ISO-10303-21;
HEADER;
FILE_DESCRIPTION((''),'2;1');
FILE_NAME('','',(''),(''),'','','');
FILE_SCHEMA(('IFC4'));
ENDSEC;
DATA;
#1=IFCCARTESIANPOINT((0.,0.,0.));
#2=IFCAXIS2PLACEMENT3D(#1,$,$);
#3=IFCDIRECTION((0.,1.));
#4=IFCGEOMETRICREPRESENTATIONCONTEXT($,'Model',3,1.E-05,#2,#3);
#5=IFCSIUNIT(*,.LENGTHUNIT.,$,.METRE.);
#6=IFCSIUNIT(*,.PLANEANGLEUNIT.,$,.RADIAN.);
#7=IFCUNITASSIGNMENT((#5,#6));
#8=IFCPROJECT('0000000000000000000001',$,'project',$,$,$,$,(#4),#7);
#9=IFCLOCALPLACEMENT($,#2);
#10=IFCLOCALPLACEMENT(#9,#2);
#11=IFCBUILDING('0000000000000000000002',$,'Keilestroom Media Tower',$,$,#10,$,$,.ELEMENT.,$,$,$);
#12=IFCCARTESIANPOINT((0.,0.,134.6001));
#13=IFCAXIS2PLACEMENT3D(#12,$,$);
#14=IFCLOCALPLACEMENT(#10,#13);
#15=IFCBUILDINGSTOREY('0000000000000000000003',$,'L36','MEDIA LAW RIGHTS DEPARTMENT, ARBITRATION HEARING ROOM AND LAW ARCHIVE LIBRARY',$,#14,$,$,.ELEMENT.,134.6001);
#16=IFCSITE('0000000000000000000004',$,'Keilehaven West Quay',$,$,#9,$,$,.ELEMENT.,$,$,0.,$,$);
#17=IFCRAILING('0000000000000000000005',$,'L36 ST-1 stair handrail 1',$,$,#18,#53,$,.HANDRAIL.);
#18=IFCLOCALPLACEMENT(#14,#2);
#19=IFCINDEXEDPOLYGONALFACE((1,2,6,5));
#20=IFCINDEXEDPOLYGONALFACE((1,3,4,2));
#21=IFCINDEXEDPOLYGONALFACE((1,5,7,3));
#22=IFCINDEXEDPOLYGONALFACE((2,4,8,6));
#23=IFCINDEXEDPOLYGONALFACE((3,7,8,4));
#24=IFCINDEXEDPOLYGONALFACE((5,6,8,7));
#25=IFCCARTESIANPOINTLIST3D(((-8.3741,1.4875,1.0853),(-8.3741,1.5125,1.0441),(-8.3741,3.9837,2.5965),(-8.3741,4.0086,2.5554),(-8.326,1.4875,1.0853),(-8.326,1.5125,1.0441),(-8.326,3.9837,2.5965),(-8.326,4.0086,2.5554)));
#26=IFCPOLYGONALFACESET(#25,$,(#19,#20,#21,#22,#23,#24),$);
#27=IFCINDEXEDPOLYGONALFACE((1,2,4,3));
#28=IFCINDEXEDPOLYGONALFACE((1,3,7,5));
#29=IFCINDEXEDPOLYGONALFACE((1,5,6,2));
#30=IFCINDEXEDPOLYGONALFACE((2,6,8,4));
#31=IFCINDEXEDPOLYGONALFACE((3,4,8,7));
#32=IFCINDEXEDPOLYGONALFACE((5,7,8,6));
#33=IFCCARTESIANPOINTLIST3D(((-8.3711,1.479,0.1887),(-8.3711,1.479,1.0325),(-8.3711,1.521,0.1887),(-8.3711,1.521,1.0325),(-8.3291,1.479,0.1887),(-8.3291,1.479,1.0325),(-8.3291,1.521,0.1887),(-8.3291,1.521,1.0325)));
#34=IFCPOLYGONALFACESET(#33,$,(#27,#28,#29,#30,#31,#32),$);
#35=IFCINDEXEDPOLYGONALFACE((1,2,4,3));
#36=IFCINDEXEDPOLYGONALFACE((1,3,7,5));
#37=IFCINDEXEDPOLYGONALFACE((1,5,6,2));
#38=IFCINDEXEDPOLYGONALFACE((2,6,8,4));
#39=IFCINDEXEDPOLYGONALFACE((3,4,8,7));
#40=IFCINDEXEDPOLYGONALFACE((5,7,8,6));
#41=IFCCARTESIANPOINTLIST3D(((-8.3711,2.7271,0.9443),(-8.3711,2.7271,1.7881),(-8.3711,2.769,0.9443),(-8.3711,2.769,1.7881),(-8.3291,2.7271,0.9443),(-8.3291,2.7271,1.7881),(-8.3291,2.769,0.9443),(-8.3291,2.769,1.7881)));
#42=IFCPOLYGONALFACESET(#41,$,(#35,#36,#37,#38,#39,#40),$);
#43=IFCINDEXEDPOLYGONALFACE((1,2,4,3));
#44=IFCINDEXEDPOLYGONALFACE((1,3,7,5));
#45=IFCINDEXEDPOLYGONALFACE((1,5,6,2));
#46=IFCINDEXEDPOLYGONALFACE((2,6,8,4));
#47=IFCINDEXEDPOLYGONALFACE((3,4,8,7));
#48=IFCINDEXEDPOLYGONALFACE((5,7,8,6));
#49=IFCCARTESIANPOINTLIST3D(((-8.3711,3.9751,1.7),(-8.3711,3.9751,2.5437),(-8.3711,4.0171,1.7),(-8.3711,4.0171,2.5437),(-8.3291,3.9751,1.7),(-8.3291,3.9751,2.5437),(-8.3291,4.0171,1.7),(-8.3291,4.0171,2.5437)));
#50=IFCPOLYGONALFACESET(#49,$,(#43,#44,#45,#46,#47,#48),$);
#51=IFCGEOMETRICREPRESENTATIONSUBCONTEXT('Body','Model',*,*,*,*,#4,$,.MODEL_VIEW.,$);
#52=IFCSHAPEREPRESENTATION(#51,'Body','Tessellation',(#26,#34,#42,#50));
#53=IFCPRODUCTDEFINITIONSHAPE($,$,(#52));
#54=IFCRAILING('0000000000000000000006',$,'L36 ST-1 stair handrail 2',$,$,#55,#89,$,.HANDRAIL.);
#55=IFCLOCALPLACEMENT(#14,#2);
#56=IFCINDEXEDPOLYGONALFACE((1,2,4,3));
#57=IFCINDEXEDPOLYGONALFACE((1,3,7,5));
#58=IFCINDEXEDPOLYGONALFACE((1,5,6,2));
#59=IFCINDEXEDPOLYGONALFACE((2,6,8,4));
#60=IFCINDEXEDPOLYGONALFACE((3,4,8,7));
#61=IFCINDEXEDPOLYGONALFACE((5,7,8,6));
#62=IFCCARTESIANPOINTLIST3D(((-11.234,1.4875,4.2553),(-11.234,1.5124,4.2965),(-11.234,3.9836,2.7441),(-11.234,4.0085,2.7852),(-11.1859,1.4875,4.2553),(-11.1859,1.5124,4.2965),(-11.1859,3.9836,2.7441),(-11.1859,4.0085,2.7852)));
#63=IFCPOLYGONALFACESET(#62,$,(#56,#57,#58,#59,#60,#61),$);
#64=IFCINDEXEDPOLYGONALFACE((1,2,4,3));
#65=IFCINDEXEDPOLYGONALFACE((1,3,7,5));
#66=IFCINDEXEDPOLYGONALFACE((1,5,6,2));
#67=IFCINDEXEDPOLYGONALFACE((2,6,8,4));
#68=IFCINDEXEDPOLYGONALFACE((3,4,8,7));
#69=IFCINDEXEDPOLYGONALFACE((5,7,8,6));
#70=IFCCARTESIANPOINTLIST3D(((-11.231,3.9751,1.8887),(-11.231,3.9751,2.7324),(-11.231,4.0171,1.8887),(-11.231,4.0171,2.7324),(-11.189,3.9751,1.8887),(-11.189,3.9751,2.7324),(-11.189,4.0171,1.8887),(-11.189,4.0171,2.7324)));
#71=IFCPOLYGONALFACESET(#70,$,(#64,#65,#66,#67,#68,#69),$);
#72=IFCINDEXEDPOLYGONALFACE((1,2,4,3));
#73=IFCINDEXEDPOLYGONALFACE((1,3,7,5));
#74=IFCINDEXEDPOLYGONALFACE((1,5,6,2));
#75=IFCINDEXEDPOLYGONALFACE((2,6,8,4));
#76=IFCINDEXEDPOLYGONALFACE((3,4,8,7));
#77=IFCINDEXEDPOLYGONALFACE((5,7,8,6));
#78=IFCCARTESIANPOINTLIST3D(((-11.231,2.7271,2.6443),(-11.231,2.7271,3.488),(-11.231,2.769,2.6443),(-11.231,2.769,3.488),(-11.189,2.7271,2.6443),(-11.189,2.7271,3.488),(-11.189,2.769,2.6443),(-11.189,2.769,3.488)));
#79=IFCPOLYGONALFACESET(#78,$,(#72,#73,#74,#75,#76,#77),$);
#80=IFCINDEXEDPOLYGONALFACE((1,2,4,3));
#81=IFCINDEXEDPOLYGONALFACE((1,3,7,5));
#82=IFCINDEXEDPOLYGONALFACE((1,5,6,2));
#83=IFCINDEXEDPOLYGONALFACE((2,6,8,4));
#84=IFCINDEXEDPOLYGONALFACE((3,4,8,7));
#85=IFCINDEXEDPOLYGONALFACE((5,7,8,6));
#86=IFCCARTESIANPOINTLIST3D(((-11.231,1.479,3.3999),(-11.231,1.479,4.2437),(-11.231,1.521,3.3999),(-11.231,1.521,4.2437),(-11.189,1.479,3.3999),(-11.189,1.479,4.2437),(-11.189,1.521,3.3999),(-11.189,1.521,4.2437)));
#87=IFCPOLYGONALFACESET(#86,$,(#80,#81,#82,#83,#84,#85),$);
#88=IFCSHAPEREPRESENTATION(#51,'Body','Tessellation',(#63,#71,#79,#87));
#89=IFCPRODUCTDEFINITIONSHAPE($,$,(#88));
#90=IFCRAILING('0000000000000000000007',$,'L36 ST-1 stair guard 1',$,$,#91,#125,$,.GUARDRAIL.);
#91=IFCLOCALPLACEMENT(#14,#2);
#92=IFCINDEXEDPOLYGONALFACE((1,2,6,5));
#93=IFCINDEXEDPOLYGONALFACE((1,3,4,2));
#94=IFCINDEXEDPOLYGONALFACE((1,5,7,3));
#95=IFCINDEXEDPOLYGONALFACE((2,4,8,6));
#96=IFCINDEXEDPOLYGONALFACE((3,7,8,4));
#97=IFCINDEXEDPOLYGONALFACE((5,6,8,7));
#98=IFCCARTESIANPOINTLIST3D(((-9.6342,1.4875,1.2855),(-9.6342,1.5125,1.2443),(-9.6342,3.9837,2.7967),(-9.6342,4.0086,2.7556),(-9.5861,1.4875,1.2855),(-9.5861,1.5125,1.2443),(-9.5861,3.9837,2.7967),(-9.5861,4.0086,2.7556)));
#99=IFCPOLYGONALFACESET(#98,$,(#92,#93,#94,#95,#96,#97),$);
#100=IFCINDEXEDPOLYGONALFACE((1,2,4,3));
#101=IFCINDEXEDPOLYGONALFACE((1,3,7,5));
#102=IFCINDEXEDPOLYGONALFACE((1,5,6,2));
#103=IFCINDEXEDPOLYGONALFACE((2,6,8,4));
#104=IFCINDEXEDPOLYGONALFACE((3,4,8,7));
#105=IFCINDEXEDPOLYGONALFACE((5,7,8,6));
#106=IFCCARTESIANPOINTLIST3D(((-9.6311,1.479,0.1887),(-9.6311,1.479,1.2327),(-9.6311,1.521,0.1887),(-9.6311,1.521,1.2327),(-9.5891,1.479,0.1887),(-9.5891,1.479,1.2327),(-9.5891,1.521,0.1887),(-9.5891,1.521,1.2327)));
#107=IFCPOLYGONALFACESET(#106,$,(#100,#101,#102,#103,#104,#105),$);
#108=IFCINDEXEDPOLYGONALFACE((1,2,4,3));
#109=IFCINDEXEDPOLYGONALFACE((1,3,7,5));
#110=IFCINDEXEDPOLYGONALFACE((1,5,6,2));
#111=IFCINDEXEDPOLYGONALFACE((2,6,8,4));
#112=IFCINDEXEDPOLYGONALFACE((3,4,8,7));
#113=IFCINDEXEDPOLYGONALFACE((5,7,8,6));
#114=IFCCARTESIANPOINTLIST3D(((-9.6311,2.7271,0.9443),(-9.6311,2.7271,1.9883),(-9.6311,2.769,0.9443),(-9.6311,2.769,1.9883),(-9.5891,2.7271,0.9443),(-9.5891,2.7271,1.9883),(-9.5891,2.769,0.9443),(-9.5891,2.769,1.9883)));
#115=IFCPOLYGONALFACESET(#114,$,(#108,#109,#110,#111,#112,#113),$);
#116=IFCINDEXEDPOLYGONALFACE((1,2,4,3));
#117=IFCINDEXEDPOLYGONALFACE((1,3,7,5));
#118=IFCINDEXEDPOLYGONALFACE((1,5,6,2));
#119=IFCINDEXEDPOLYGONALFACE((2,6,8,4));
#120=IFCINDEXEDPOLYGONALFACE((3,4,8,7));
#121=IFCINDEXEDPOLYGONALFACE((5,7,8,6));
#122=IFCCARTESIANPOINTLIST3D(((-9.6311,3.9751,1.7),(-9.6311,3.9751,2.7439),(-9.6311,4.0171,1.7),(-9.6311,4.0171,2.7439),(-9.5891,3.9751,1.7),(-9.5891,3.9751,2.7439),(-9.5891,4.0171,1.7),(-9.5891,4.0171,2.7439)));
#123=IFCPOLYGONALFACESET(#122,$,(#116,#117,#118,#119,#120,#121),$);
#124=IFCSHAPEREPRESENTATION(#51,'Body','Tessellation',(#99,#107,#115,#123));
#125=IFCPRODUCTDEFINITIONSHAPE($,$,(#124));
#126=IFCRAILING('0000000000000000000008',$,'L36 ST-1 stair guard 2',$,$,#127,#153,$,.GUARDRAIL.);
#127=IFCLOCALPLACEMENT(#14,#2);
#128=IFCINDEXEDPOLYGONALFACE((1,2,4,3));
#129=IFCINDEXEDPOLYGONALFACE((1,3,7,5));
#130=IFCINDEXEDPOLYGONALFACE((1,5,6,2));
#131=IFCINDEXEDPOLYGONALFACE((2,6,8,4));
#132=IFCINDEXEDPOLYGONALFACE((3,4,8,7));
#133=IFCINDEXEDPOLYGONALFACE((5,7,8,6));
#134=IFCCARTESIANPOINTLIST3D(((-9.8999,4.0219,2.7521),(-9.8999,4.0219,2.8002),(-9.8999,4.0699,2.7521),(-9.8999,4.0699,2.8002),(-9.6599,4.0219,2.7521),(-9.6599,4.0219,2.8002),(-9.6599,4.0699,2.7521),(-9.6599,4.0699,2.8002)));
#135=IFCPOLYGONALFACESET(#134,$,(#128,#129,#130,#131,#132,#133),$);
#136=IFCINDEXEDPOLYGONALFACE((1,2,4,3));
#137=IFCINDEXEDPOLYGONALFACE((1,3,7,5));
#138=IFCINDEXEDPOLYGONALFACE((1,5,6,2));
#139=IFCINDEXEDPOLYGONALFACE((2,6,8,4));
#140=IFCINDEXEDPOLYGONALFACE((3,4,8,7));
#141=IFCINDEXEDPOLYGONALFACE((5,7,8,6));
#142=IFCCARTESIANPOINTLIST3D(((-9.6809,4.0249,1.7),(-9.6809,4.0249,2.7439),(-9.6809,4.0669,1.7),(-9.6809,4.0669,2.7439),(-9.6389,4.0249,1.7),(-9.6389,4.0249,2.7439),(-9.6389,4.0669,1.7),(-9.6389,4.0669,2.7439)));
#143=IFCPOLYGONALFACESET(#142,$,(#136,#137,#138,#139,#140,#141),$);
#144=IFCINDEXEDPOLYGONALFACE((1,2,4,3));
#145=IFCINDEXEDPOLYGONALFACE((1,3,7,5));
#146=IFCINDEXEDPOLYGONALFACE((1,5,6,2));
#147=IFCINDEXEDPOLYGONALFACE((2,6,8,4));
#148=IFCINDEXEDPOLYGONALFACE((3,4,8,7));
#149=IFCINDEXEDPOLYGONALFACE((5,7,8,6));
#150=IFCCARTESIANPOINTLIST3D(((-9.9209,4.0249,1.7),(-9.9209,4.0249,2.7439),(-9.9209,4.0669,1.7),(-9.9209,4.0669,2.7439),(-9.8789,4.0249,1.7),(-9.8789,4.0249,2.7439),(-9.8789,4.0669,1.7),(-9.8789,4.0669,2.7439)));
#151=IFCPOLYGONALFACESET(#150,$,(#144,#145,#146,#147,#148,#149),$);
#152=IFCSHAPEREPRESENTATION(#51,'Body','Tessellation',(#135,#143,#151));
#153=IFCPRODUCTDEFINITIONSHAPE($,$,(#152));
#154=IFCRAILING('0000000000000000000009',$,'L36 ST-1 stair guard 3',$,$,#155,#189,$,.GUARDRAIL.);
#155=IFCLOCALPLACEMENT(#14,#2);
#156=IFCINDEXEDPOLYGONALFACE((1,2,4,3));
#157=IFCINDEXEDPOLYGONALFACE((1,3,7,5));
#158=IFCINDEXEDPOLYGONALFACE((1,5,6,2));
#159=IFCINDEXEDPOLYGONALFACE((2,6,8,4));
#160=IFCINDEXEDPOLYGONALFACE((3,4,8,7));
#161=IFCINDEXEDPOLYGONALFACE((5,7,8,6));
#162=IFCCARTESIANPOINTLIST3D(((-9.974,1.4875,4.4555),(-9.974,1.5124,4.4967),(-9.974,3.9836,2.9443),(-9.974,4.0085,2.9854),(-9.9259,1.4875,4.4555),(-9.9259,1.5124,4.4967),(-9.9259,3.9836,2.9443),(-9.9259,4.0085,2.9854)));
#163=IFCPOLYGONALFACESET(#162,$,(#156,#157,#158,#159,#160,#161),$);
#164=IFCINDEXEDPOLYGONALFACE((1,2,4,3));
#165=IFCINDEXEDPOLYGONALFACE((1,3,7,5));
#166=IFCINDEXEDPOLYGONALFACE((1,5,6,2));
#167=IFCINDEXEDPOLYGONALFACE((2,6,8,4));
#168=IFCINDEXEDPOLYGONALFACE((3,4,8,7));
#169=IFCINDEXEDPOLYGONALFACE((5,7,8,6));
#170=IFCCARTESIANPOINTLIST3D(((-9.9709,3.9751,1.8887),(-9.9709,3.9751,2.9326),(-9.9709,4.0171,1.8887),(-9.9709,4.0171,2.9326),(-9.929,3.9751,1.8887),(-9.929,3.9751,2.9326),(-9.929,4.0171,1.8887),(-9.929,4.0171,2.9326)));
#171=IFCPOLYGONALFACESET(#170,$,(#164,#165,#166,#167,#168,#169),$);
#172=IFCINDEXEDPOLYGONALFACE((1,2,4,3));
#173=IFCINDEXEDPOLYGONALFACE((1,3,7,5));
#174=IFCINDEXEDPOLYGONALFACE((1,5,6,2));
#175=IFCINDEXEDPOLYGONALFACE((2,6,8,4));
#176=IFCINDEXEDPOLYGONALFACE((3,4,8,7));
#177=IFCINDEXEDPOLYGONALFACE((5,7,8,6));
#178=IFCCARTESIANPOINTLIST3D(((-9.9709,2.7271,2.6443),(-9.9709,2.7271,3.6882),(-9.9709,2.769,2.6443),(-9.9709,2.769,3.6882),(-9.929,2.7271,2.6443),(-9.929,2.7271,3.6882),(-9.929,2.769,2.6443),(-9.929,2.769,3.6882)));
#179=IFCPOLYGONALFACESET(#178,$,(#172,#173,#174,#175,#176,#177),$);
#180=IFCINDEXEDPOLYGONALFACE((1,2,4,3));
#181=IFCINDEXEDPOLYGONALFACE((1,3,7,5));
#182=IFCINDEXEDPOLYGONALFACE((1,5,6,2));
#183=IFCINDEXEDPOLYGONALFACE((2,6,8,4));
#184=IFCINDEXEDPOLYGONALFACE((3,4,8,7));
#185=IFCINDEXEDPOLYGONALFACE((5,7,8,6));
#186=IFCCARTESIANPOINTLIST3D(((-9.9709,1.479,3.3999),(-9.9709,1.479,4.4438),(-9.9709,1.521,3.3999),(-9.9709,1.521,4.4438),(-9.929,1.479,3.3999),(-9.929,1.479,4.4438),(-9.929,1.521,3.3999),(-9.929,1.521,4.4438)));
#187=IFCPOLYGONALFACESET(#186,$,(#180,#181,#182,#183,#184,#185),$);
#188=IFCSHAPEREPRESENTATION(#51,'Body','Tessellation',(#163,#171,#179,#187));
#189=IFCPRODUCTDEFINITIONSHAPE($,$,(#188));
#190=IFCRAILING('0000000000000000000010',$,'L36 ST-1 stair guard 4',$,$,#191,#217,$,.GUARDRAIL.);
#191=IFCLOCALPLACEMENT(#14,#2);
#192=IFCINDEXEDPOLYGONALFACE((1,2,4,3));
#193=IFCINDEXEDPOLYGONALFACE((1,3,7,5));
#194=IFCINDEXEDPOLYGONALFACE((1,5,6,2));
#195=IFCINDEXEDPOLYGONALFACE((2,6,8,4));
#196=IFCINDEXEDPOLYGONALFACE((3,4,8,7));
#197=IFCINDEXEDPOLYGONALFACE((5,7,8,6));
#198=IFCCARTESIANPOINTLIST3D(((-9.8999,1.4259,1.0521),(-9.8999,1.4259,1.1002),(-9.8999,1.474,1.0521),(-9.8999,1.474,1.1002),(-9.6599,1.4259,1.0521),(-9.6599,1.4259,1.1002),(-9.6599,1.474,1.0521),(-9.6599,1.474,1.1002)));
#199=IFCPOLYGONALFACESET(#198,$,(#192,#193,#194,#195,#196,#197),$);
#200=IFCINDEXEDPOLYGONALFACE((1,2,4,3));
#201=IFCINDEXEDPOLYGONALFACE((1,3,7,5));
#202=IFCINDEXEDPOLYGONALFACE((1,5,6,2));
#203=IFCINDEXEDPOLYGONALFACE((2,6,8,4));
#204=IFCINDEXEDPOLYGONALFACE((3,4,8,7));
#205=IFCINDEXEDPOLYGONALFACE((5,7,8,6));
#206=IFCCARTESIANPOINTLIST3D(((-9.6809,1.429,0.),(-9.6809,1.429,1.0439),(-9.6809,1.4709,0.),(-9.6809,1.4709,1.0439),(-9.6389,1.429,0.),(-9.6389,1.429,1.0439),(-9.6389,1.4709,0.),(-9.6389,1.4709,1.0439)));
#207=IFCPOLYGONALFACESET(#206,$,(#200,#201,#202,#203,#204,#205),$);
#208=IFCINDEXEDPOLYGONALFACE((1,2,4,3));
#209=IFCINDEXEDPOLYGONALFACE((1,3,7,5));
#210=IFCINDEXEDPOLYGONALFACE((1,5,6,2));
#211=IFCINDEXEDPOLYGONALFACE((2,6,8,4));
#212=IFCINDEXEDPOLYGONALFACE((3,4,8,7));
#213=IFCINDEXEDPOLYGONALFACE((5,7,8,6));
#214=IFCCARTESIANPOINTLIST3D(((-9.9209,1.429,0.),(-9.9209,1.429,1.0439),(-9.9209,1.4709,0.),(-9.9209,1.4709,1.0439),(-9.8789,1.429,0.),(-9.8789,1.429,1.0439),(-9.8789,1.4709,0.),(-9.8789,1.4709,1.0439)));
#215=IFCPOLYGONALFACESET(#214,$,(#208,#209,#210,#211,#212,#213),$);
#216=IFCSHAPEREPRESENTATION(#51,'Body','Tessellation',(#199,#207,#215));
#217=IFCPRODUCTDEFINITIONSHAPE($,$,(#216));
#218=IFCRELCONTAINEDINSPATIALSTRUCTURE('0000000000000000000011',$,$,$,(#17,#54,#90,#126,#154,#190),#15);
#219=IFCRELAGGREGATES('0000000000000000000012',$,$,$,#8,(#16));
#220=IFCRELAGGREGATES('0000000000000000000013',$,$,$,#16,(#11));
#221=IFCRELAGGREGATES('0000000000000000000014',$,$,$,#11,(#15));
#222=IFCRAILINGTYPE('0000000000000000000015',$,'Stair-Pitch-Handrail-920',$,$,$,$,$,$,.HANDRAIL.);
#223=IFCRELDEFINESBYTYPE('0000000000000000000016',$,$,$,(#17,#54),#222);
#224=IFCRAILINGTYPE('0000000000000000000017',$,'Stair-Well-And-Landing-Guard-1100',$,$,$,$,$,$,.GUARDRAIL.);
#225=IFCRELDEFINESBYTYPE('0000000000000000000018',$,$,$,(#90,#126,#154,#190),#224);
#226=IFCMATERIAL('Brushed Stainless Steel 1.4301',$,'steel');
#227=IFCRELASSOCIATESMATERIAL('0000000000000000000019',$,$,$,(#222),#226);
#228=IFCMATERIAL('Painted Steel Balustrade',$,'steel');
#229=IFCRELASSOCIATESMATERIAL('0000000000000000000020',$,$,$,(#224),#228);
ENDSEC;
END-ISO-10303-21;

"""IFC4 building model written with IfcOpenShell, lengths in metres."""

from ifc_helpers import new_model, si_unit, direction, frame, origin, origin_2d, place, context, subcontext, project, spatial, rectangle, extrude, material, type_object, element, save


model = new_model("IFC4")

# Units and contexts
model_context = context("Model", 3, precision=1e-05, world=origin(), true_north=direction((0.0, 1.0)))
body_context = subcontext(model_context, "Body", "Model", "MODEL_VIEW")
ifc_project = project(units=[si_unit("LENGTHUNIT", "METRE"), si_unit("PLANEANGLEUNIT", "RADIAN")], contexts=[model_context])

# Site, building, storey
site_placement = place(None, origin())
site = spatial("IfcSite", under=ifc_project, at=site_placement, Name="Keilehaven West Quay", CompositionType="ELEMENT", RefElevation=0.0)
building_placement = place(site_placement, origin())
building = spatial("IfcBuilding", under=site, at=building_placement, Name="Keilestroom Media Tower", CompositionType="ELEMENT")
storey_placement = place(building_placement, frame((0.0, 0.0, 134.6001)))
storey = spatial("IfcBuildingStorey", under=building, at=storey_placement, Name="L36", Description="MEDIA LAW RIGHTS DEPARTMENT, ARBITRATION HEARING ROOM AND LAW ARCHIVE LIBRARY", CompositionType="ELEMENT", Elevation=134.6001)

# Railings
ifc_material_1 = material(Name="Brushed Stainless Steel 1.4301", Category="steel")
railing_type_1 = type_object("IfcRailingType", Name="Stair-Pitch-Handrail-920", PredefinedType="HANDRAIL", material=ifc_material_1)
railing_1_placement = place(storey_placement, frame((-8.3501, 1.5, 0.1887)))
element("IfcRailing", 1, at=railing_1_placement, inside=storey, type_object=railing_type_1, Name="L36 ST-1 stair handrail 1", PredefinedType="HANDRAIL", context=body_context, shape_type="SweptSolid", body=[
    extrude(rectangle(XDim=0.0481, YDim=0.0481, at=origin_2d()), frame((0.0, 0.0, 0.876), z_axis=(0.0, 0.855434, 0.517912), x_axis=(-1.0, 0.0, 0.0)), (0.0, 0.0, 1.0), 2.918),
    extrude(rectangle(XDim=0.042, YDim=0.042, at=origin_2d()), origin(), (0.0, 0.0, 1.0), 0.8438),
    extrude(rectangle(XDim=0.042, YDim=0.042, at=origin_2d()), frame((0.0, 1.248, 0.7556)), (0.0, 0.0, 1.0), 0.8438),
    extrude(rectangle(XDim=0.042, YDim=0.042, at=origin_2d()), frame((0.0, 2.4961, 1.5112)), (0.0, 0.0, 1.0), 0.8438),
])
railing_2_placement = place(storey_placement, frame((-11.21, 3.9961, 1.8887)))
element("IfcRailing", 2, at=railing_2_placement, inside=storey, type_object=railing_type_1, Name="L36 ST-1 stair handrail 2", PredefinedType="HANDRAIL", context=body_context, shape_type="SweptSolid", body=[
    extrude(rectangle(XDim=0.0481, YDim=0.0481, at=origin_2d()), frame((0.0, 0.0, 0.876), z_axis=(0.0, -0.855434, 0.517912), x_axis=(1.0, 0.0, 0.0)), (0.0, 0.0, 1.0), 2.918),
    extrude(rectangle(XDim=0.042, YDim=0.042, at=origin_2d()), origin(), (0.0, 0.0, 1.0), 0.8438),
    extrude(rectangle(XDim=0.042, YDim=0.042, at=origin_2d()), frame((0.0, -1.248, 0.7556)), (0.0, 0.0, 1.0), 0.8438),
    extrude(rectangle(XDim=0.042, YDim=0.042, at=origin_2d()), frame((0.0, -2.4961, 1.5112)), (0.0, 0.0, 1.0), 0.8438),
])
ifc_material_2 = material(Name="Painted Steel Balustrade", Category="steel")
railing_type_2 = type_object("IfcRailingType", Name="Stair-Well-And-Landing-Guard-1100", PredefinedType="GUARDRAIL", material=ifc_material_2)
railing_3_placement = place(storey_placement, frame((-9.6101, 1.5, 0.1887)))
element("IfcRailing", 3, at=railing_3_placement, inside=storey, type_object=railing_type_2, Name="L36 ST-1 stair guard 1", PredefinedType="GUARDRAIL", context=body_context, shape_type="SweptSolid", body=[
    extrude(rectangle(XDim=0.0481, YDim=0.0481, at=origin_2d()), frame((0.0, 0.0, 1.0762), z_axis=(0.0, 0.855434, 0.517912), x_axis=(-1.0, 0.0, 0.0)), (0.0, 0.0, 1.0), 2.918),
    extrude(rectangle(XDim=0.042, YDim=0.042, at=origin_2d()), origin(), (0.0, 0.0, 1.0), 1.0439),
    extrude(rectangle(XDim=0.042, YDim=0.042, at=origin_2d()), frame((0.0, 1.248, 0.7556)), (0.0, 0.0, 1.0), 1.0439),
    extrude(rectangle(XDim=0.042, YDim=0.042, at=origin_2d()), frame((0.0, 2.4961, 1.5112)), (0.0, 0.0, 1.0), 1.0439),
])
railing_4_placement = place(storey_placement, frame((-9.6599, 4.0459, 1.7)))
element("IfcRailing", 4, at=railing_4_placement, inside=storey, type_object=railing_type_2, Name="L36 ST-1 stair guard 2", PredefinedType="GUARDRAIL", context=body_context, shape_type="SweptSolid", body=[
    extrude(rectangle(XDim=0.0481, YDim=0.0481, at=origin_2d()), frame((0.0, 0.0, 1.0762), z_axis=(-1.0, 0.0, 0.0), x_axis=(0.0, -1.0, 0.0)), (0.0, 0.0, 1.0), 0.24),
    extrude(rectangle(XDim=0.042, YDim=0.042, at=origin_2d()), origin(), (0.0, 0.0, 1.0), 1.0439),
    extrude(rectangle(XDim=0.042, YDim=0.042, at=origin_2d()), frame((-0.24, 0.0, 0.0)), (0.0, 0.0, 1.0), 1.0439),
])
railing_5_placement = place(storey_placement, frame((-9.95, 3.9961, 1.8887)))
element("IfcRailing", 5, at=railing_5_placement, inside=storey, type_object=railing_type_2, Name="L36 ST-1 stair guard 3", PredefinedType="GUARDRAIL", context=body_context, shape_type="SweptSolid", body=[
    extrude(rectangle(XDim=0.0481, YDim=0.0481, at=origin_2d()), frame((0.0, 0.0, 1.0762), z_axis=(0.0, -0.855434, 0.517912), x_axis=(1.0, 0.0, 0.0)), (0.0, 0.0, 1.0), 2.918),
    extrude(rectangle(XDim=0.042, YDim=0.042, at=origin_2d()), origin(), (0.0, 0.0, 1.0), 1.0439),
    extrude(rectangle(XDim=0.042, YDim=0.042, at=origin_2d()), frame((0.0, -1.248, 0.7556)), (0.0, 0.0, 1.0), 1.0439),
    extrude(rectangle(XDim=0.042, YDim=0.042, at=origin_2d()), frame((0.0, -2.4961, 1.5112)), (0.0, 0.0, 1.0), 1.0439),
])
railing_6_placement = place(storey_placement, frame((-9.6599, 1.45, 0.0)))
element("IfcRailing", 6, at=railing_6_placement, inside=storey, type_object=railing_type_2, Name="L36 ST-1 stair guard 4", PredefinedType="GUARDRAIL", context=body_context, shape_type="SweptSolid", body=[
    extrude(rectangle(XDim=0.0481, YDim=0.0481, at=origin_2d()), frame((0.0, 0.0, 1.0762), z_axis=(-1.0, 0.0, 0.0), x_axis=(0.0, -1.0, 0.0)), (0.0, 0.0, 1.0), 0.24),
    extrude(rectangle(XDim=0.042, YDim=0.042, at=origin_2d()), origin(), (0.0, 0.0, 1.0), 1.0439),
    extrude(rectangle(XDim=0.042, YDim=0.042, at=origin_2d()), frame((-0.24, 0.0, 0.0)), (0.0, 0.0, 1.0), 1.0439),
])

save(model, "model.ifc")
